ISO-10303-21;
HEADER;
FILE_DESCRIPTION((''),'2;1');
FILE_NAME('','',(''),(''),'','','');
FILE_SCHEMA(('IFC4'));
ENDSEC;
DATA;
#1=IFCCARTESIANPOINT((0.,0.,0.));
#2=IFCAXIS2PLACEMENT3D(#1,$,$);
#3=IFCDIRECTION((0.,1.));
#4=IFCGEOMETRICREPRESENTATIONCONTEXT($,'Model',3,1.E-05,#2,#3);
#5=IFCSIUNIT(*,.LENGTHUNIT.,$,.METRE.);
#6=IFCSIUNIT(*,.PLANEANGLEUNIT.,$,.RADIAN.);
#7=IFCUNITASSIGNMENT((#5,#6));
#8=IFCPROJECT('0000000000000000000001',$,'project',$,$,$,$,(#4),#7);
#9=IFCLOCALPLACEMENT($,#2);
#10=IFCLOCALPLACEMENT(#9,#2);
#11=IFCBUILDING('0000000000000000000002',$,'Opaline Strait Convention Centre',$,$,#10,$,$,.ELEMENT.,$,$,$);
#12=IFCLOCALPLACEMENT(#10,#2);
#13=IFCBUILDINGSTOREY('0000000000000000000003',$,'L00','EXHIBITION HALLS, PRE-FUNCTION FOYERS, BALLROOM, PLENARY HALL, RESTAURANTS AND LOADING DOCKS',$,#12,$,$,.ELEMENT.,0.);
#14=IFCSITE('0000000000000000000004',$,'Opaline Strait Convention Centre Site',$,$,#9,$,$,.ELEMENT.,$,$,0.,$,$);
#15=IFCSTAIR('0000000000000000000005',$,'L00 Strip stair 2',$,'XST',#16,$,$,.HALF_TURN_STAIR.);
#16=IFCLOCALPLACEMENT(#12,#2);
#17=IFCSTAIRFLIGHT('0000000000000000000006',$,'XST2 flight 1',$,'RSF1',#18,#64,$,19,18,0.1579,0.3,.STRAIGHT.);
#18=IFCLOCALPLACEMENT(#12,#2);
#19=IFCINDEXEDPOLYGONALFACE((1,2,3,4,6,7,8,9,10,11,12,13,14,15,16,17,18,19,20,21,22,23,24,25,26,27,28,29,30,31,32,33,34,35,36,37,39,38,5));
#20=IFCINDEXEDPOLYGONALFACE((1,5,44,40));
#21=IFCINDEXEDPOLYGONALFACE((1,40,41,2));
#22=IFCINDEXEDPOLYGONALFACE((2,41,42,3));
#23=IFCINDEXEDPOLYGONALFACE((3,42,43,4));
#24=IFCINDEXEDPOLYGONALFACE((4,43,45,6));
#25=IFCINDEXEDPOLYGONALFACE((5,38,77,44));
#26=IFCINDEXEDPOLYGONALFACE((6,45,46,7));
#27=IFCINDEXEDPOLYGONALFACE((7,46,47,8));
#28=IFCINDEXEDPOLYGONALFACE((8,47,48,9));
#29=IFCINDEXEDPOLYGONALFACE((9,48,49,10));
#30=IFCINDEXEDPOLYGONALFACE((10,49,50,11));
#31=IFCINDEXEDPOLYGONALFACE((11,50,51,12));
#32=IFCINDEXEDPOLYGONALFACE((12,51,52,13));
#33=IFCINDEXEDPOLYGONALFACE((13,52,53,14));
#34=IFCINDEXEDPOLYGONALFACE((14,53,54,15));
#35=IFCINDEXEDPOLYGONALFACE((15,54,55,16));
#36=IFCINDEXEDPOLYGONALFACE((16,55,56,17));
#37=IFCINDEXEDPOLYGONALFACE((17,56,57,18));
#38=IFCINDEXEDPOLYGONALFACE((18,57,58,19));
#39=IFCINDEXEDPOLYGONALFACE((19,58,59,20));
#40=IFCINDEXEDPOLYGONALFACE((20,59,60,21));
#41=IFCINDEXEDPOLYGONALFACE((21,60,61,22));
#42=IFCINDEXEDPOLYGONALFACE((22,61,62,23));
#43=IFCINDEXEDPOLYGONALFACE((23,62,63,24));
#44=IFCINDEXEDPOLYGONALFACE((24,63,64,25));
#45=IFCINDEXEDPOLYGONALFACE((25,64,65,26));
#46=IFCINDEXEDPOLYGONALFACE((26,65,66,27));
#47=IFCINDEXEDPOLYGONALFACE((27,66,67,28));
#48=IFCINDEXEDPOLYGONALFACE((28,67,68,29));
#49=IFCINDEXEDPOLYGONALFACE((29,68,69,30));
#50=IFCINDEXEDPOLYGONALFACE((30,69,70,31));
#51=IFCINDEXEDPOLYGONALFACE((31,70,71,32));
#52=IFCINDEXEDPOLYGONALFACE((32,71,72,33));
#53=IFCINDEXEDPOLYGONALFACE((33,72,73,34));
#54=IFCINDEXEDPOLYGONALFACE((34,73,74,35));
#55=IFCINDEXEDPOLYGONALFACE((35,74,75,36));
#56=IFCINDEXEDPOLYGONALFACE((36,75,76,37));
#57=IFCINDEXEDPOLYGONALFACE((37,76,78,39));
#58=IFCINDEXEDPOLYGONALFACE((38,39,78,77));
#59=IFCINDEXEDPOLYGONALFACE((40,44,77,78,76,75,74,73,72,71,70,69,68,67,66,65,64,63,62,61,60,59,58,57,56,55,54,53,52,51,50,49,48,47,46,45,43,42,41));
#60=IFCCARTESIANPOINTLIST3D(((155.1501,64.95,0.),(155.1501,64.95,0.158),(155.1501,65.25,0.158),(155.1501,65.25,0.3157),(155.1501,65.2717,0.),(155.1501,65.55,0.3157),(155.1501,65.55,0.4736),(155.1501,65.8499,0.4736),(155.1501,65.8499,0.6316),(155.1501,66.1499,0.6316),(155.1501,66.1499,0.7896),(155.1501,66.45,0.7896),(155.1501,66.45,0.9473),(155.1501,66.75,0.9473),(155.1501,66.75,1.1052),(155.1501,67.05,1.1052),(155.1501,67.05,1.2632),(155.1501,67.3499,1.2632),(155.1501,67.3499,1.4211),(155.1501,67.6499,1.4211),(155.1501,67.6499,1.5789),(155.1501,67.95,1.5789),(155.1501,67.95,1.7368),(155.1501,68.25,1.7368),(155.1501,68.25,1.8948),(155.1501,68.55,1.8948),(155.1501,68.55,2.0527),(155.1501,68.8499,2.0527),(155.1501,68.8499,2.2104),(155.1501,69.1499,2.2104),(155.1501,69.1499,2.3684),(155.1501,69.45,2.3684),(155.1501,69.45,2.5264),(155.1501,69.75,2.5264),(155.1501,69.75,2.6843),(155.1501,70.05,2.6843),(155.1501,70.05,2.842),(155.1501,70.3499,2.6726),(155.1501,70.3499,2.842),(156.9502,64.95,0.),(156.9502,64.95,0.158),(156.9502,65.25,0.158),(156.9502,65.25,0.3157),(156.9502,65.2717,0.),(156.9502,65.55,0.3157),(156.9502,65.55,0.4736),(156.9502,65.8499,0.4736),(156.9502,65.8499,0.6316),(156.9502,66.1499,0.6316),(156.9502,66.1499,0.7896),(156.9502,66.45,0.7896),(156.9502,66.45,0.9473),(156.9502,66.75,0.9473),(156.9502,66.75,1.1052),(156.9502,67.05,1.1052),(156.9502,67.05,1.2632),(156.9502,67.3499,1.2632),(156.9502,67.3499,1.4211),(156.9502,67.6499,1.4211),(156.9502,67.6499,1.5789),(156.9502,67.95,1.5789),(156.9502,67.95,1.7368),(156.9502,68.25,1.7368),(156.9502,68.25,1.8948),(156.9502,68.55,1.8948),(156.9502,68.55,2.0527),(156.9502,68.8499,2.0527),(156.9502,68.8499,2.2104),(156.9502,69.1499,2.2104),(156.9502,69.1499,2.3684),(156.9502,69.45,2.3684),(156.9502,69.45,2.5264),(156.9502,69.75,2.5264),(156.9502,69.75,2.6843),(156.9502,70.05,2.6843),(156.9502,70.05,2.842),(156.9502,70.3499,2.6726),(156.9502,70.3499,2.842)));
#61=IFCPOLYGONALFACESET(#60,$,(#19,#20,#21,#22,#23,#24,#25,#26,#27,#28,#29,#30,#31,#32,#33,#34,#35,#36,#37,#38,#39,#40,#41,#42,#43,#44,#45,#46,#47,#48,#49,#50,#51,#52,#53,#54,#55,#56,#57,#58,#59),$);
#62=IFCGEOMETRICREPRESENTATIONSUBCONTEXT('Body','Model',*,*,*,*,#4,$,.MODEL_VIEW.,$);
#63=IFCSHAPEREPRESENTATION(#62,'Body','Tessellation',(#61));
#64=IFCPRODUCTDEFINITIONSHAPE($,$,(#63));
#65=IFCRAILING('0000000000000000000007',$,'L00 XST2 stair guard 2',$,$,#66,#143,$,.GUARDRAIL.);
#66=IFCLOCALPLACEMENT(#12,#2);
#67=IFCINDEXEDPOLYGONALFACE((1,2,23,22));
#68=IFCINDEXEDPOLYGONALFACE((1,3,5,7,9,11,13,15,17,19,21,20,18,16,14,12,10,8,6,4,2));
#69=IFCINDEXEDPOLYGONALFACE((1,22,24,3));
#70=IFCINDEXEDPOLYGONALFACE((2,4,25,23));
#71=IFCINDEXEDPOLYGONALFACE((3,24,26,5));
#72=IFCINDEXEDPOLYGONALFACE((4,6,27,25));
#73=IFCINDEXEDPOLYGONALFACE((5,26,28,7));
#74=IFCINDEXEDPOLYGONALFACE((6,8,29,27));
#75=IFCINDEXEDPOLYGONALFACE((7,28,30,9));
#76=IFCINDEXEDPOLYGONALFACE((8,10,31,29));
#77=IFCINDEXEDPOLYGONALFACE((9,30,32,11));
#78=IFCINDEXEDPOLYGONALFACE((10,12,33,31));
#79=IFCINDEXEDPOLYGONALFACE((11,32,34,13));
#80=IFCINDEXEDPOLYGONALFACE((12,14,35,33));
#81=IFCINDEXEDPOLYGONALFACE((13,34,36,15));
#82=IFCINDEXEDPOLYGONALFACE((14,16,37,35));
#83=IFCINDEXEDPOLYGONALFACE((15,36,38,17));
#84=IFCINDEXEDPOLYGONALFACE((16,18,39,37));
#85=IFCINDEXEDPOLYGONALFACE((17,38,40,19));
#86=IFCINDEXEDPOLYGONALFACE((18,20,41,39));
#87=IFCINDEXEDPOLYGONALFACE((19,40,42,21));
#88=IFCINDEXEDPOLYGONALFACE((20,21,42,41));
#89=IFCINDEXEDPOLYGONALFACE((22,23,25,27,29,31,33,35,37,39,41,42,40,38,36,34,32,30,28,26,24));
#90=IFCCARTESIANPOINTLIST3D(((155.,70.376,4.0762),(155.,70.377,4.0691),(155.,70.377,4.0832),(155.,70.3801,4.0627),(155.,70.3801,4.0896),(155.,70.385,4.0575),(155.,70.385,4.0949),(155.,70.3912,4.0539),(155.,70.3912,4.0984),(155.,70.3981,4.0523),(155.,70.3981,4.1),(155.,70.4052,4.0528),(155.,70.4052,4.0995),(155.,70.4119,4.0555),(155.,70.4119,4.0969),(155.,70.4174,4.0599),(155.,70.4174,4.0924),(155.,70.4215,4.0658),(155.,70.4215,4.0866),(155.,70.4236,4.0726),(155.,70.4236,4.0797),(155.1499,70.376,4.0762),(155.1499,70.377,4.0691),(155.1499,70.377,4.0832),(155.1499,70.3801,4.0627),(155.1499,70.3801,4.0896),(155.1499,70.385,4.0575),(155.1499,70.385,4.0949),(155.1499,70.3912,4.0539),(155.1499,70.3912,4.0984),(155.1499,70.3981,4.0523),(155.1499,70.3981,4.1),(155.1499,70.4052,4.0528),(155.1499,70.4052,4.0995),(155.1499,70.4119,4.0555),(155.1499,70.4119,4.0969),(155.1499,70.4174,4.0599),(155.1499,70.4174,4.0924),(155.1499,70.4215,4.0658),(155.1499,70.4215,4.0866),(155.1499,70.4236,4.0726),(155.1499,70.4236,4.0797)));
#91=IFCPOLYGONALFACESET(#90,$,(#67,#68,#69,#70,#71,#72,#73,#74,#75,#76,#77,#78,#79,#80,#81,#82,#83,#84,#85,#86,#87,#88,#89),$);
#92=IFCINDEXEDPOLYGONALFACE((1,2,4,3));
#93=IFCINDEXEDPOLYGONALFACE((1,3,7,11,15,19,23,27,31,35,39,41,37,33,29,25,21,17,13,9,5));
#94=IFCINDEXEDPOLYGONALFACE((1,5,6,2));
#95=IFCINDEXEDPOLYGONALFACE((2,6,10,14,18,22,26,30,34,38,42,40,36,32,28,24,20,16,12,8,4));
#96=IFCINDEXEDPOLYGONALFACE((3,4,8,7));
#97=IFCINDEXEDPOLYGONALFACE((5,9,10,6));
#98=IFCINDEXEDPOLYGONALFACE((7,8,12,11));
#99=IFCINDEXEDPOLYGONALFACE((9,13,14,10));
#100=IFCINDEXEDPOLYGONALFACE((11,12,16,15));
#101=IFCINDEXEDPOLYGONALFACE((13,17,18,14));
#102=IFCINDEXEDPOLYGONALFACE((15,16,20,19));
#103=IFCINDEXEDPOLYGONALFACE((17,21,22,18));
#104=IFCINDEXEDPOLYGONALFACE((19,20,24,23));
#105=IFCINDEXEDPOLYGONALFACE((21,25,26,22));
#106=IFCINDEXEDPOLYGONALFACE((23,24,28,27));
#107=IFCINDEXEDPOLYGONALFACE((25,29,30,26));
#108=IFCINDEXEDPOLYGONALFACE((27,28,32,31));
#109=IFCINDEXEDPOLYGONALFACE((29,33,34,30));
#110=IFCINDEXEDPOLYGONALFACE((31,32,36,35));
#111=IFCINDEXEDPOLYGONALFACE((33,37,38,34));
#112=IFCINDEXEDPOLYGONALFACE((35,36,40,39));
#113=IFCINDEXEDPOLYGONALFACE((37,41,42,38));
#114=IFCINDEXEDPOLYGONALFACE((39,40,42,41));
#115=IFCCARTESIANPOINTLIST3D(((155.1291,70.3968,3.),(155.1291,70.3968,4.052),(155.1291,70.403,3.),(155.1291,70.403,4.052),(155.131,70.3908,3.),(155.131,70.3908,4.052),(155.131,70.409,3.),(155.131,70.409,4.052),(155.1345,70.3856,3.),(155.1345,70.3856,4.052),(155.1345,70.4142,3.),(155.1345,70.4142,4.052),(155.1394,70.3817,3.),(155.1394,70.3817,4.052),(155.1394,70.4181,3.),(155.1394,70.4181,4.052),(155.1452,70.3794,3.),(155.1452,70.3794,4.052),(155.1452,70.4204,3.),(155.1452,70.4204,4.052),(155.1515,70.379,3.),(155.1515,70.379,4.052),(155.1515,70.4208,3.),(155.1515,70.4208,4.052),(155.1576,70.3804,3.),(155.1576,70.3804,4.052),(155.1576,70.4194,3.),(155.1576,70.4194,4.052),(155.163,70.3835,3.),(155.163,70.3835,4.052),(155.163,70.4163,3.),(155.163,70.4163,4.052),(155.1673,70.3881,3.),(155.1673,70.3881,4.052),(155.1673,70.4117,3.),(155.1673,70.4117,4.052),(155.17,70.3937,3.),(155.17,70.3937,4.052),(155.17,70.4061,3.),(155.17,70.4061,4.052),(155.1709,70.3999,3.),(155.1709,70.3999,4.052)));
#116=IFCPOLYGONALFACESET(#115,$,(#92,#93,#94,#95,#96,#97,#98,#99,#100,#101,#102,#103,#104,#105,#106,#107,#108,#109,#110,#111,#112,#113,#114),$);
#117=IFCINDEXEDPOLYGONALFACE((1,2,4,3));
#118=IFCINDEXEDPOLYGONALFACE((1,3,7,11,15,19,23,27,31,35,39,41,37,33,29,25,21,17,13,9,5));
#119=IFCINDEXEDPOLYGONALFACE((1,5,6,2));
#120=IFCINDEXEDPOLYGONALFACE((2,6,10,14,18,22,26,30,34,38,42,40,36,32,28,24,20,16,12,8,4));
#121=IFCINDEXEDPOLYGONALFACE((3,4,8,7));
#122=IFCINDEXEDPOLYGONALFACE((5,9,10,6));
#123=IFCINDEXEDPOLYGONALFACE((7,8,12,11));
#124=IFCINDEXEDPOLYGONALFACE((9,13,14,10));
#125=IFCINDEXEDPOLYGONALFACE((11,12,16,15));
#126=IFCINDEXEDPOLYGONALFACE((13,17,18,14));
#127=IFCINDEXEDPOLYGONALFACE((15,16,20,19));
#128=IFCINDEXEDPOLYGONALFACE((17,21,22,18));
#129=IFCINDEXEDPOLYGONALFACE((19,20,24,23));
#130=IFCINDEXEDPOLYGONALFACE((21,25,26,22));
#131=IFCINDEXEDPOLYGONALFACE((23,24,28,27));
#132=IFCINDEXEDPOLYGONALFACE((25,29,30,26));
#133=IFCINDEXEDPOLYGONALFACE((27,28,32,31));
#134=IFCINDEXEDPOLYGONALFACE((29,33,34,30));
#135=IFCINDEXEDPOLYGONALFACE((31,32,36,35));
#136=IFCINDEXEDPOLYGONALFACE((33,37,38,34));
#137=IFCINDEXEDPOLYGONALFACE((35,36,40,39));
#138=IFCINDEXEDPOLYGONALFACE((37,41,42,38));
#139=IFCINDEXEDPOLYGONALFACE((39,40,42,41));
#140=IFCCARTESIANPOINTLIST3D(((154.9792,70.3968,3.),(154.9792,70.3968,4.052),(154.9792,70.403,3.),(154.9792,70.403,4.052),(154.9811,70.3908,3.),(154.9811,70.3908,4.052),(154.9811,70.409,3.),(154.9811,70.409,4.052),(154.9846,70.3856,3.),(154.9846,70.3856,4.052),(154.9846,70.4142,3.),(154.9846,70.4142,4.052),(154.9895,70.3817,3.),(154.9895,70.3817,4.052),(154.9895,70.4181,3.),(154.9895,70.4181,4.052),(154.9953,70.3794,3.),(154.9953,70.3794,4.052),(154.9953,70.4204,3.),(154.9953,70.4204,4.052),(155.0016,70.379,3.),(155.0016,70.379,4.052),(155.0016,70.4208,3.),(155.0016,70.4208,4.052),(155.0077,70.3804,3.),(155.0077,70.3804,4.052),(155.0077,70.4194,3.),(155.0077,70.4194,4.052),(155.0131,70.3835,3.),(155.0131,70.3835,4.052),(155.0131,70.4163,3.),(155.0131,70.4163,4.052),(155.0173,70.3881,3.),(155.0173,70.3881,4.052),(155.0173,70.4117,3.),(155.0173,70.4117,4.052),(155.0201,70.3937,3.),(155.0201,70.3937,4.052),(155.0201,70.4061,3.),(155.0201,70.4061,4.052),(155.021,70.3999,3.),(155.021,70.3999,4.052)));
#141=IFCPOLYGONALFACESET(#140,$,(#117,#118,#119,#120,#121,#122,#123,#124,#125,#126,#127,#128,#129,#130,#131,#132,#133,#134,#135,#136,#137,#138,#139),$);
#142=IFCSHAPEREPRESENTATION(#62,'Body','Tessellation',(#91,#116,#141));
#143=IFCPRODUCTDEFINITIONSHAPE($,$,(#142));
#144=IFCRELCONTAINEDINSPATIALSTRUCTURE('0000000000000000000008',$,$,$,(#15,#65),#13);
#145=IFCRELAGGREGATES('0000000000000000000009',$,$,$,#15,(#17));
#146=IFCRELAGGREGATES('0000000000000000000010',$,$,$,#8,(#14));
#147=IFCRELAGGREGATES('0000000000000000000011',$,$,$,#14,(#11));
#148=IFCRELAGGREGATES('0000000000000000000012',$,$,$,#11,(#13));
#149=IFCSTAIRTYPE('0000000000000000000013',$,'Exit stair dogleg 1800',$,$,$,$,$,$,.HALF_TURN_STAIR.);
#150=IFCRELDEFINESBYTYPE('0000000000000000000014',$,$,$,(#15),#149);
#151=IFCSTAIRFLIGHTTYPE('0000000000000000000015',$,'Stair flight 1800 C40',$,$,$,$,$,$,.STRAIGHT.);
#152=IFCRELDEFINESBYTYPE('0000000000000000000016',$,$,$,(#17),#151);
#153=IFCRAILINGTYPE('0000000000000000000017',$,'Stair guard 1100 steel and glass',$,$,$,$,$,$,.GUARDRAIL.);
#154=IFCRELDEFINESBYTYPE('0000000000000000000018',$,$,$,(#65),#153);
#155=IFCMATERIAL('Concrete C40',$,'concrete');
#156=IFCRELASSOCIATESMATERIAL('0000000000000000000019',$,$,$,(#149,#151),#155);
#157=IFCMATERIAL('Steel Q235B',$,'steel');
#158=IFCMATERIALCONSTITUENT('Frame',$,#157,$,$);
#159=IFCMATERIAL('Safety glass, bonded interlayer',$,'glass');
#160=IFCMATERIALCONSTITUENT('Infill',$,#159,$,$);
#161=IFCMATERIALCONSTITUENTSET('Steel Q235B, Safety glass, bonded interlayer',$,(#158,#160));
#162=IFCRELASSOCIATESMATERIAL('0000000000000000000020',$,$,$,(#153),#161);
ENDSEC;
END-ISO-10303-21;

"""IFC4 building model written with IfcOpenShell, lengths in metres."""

from ifc_helpers import new_model, si_unit, direction, frame, origin, origin_2d, place, context, subcontext, project, spatial, polyline, circle, outline, extrude, material, constituent, constituent_set, type_object, element, aggregate, save


model = new_model("IFC4")

# Units and contexts
model_context = context("Model", 3, precision=1e-05, world=origin(), true_north=direction((0.0, 1.0)))
body_context = subcontext(model_context, "Body", "Model", "MODEL_VIEW")
ifc_project = project(units=[si_unit("LENGTHUNIT", "METRE"), si_unit("PLANEANGLEUNIT", "RADIAN")], contexts=[model_context])

# Site, building, storey
site_placement = place(None, origin())
site = spatial("IfcSite", under=ifc_project, at=site_placement, Name="Opaline Strait Convention Centre Site", CompositionType="ELEMENT", RefElevation=0.0)
building_placement = place(site_placement, origin())
building = spatial("IfcBuilding", under=site, at=building_placement, Name="Opaline Strait Convention Centre", CompositionType="ELEMENT")
storey_placement = place(building_placement, origin())
storey = spatial("IfcBuildingStorey", under=building, at=storey_placement, Name="L00", Description="EXHIBITION HALLS, PRE-FUNCTION FOYERS, BALLROOM, PLENARY HALL, RESTAURANTS AND LOADING DOCKS", CompositionType="ELEMENT", Elevation=0.0)

# Shared definitions
ifc_material_1 = material(Name="Concrete C40", Category="concrete")

# Stair, stair flight
stair_type = type_object("IfcStairType", Name="Exit stair dogleg 1800", PredefinedType="HALF_TURN_STAIR", material=ifc_material_1)
stair_placement = place(storey_placement, origin())
stair = element("IfcStair", 1, at=stair_placement, inside=storey, type_object=stair_type, Name="L00 Strip stair 2", ObjectType="XST", PredefinedType="HALF_TURN_STAIR")
stair_flight_type = type_object("IfcStairFlightType", Name="Stair flight 1800 C40", PredefinedType="STRAIGHT", material=ifc_material_1)
stair_flight_placement = place(storey_placement, frame((156.05, 64.95, 0.0), z_axis=(0.0, 0.0, 1.0), x_axis=(0.0, 1.0, 0.0)))
stair_flight = element("IfcStairFlight", 2, at=stair_flight_placement, type_object=stair_flight_type, Name="XST2 flight 1", ObjectType="RSF1", NumberOfRisers=19, NumberOfTreads=18, PredefinedType="STRAIGHT", RiserHeight=0.1579, TreadLength=0.3, context=body_context, shape_type="SweptSolid", body=[
    extrude(outline(polyline([(0.0, 0.0), (0.0, 0.158), (0.3, 0.158), (0.3, 0.3157), (0.6001, 0.3157), (0.6001, 0.4736), (0.8999, 0.4736), (0.8999, 0.6316), (1.2, 0.6316), (1.2, 0.7896), (1.5, 0.7896), (1.5, 0.9473), (1.8, 0.9473), (1.8, 1.1052), (2.1001, 1.1052), (2.1001, 1.2632), (2.3999, 1.2632), (2.3999, 1.4211), (2.7, 1.4211), (2.7, 1.5789), (3.0, 1.5789), (3.0, 1.7368), (3.3, 1.7368), (3.3, 1.8948), (3.6001, 1.8948), (3.6001, 2.0527), (3.8999, 2.0527), (3.8999, 2.2104), (4.2, 2.2104), (4.2, 2.3684), (4.5, 2.3684), (4.5, 2.5264), (4.8, 2.5264), (4.8, 2.6843), (5.1001, 2.6843), (5.1001, 2.842), (5.3999, 2.842), (5.3999, 3.0), (5.3999, 2.6726), (0.3218, 0.0), (0.0, 0.0)])), frame((0.0, 0.8999, 0.0), z_axis=(0.0, -1.0, 0.0), x_axis=(1.0, 0.0, 0.0)), (0.0, 0.0, 1.0), 1.8),
])
aggregate(stair, [stair_flight])

# Railing
ifc_material_2 = material(Name="Steel Q235B", Category="steel")
ifc_constituent_1 = constituent(ifc_material_2, Name="Frame")
ifc_material_3 = material(Name="Safety glass, bonded interlayer", Category="glass")
ifc_constituent_2 = constituent(ifc_material_3, Name="Infill")
ifc_constituent_set = constituent_set(constituents=[ifc_constituent_1, ifc_constituent_2], Name="Steel Q235B, Safety glass, bonded interlayer")
railing_type_1 = type_object("IfcRailingType", Name="Stair guard 1100 steel and glass", PredefinedType="GUARDRAIL", material=ifc_constituent_set)
railing_1_placement = place(storey_placement, frame((155.1499, 70.3999, 3.0)))
element("IfcRailing", 3, at=railing_1_placement, inside=storey, type_object=railing_type_1, Name="L00 XST2 stair guard 2", PredefinedType="GUARDRAIL", context=body_context, shape_type="SweptSolid", body=[
    extrude(circle(Radius=0.0239, at=origin_2d()), frame((0.0, 0.0, 1.0762), z_axis=(-1.0, 0.0, 0.0), x_axis=(0.0, -1.0, 0.0)), (0.0, 0.0, 1.0), 0.1499),
    extrude(circle(Radius=0.021, at=origin_2d()), origin(), (0.0, 0.0, 1.0), 1.052),
    extrude(circle(Radius=0.021, at=origin_2d()), frame((-0.1499, 0.0, 0.0)), (0.0, 0.0, 1.0), 1.052),
])

save(model, "model.ifc")
